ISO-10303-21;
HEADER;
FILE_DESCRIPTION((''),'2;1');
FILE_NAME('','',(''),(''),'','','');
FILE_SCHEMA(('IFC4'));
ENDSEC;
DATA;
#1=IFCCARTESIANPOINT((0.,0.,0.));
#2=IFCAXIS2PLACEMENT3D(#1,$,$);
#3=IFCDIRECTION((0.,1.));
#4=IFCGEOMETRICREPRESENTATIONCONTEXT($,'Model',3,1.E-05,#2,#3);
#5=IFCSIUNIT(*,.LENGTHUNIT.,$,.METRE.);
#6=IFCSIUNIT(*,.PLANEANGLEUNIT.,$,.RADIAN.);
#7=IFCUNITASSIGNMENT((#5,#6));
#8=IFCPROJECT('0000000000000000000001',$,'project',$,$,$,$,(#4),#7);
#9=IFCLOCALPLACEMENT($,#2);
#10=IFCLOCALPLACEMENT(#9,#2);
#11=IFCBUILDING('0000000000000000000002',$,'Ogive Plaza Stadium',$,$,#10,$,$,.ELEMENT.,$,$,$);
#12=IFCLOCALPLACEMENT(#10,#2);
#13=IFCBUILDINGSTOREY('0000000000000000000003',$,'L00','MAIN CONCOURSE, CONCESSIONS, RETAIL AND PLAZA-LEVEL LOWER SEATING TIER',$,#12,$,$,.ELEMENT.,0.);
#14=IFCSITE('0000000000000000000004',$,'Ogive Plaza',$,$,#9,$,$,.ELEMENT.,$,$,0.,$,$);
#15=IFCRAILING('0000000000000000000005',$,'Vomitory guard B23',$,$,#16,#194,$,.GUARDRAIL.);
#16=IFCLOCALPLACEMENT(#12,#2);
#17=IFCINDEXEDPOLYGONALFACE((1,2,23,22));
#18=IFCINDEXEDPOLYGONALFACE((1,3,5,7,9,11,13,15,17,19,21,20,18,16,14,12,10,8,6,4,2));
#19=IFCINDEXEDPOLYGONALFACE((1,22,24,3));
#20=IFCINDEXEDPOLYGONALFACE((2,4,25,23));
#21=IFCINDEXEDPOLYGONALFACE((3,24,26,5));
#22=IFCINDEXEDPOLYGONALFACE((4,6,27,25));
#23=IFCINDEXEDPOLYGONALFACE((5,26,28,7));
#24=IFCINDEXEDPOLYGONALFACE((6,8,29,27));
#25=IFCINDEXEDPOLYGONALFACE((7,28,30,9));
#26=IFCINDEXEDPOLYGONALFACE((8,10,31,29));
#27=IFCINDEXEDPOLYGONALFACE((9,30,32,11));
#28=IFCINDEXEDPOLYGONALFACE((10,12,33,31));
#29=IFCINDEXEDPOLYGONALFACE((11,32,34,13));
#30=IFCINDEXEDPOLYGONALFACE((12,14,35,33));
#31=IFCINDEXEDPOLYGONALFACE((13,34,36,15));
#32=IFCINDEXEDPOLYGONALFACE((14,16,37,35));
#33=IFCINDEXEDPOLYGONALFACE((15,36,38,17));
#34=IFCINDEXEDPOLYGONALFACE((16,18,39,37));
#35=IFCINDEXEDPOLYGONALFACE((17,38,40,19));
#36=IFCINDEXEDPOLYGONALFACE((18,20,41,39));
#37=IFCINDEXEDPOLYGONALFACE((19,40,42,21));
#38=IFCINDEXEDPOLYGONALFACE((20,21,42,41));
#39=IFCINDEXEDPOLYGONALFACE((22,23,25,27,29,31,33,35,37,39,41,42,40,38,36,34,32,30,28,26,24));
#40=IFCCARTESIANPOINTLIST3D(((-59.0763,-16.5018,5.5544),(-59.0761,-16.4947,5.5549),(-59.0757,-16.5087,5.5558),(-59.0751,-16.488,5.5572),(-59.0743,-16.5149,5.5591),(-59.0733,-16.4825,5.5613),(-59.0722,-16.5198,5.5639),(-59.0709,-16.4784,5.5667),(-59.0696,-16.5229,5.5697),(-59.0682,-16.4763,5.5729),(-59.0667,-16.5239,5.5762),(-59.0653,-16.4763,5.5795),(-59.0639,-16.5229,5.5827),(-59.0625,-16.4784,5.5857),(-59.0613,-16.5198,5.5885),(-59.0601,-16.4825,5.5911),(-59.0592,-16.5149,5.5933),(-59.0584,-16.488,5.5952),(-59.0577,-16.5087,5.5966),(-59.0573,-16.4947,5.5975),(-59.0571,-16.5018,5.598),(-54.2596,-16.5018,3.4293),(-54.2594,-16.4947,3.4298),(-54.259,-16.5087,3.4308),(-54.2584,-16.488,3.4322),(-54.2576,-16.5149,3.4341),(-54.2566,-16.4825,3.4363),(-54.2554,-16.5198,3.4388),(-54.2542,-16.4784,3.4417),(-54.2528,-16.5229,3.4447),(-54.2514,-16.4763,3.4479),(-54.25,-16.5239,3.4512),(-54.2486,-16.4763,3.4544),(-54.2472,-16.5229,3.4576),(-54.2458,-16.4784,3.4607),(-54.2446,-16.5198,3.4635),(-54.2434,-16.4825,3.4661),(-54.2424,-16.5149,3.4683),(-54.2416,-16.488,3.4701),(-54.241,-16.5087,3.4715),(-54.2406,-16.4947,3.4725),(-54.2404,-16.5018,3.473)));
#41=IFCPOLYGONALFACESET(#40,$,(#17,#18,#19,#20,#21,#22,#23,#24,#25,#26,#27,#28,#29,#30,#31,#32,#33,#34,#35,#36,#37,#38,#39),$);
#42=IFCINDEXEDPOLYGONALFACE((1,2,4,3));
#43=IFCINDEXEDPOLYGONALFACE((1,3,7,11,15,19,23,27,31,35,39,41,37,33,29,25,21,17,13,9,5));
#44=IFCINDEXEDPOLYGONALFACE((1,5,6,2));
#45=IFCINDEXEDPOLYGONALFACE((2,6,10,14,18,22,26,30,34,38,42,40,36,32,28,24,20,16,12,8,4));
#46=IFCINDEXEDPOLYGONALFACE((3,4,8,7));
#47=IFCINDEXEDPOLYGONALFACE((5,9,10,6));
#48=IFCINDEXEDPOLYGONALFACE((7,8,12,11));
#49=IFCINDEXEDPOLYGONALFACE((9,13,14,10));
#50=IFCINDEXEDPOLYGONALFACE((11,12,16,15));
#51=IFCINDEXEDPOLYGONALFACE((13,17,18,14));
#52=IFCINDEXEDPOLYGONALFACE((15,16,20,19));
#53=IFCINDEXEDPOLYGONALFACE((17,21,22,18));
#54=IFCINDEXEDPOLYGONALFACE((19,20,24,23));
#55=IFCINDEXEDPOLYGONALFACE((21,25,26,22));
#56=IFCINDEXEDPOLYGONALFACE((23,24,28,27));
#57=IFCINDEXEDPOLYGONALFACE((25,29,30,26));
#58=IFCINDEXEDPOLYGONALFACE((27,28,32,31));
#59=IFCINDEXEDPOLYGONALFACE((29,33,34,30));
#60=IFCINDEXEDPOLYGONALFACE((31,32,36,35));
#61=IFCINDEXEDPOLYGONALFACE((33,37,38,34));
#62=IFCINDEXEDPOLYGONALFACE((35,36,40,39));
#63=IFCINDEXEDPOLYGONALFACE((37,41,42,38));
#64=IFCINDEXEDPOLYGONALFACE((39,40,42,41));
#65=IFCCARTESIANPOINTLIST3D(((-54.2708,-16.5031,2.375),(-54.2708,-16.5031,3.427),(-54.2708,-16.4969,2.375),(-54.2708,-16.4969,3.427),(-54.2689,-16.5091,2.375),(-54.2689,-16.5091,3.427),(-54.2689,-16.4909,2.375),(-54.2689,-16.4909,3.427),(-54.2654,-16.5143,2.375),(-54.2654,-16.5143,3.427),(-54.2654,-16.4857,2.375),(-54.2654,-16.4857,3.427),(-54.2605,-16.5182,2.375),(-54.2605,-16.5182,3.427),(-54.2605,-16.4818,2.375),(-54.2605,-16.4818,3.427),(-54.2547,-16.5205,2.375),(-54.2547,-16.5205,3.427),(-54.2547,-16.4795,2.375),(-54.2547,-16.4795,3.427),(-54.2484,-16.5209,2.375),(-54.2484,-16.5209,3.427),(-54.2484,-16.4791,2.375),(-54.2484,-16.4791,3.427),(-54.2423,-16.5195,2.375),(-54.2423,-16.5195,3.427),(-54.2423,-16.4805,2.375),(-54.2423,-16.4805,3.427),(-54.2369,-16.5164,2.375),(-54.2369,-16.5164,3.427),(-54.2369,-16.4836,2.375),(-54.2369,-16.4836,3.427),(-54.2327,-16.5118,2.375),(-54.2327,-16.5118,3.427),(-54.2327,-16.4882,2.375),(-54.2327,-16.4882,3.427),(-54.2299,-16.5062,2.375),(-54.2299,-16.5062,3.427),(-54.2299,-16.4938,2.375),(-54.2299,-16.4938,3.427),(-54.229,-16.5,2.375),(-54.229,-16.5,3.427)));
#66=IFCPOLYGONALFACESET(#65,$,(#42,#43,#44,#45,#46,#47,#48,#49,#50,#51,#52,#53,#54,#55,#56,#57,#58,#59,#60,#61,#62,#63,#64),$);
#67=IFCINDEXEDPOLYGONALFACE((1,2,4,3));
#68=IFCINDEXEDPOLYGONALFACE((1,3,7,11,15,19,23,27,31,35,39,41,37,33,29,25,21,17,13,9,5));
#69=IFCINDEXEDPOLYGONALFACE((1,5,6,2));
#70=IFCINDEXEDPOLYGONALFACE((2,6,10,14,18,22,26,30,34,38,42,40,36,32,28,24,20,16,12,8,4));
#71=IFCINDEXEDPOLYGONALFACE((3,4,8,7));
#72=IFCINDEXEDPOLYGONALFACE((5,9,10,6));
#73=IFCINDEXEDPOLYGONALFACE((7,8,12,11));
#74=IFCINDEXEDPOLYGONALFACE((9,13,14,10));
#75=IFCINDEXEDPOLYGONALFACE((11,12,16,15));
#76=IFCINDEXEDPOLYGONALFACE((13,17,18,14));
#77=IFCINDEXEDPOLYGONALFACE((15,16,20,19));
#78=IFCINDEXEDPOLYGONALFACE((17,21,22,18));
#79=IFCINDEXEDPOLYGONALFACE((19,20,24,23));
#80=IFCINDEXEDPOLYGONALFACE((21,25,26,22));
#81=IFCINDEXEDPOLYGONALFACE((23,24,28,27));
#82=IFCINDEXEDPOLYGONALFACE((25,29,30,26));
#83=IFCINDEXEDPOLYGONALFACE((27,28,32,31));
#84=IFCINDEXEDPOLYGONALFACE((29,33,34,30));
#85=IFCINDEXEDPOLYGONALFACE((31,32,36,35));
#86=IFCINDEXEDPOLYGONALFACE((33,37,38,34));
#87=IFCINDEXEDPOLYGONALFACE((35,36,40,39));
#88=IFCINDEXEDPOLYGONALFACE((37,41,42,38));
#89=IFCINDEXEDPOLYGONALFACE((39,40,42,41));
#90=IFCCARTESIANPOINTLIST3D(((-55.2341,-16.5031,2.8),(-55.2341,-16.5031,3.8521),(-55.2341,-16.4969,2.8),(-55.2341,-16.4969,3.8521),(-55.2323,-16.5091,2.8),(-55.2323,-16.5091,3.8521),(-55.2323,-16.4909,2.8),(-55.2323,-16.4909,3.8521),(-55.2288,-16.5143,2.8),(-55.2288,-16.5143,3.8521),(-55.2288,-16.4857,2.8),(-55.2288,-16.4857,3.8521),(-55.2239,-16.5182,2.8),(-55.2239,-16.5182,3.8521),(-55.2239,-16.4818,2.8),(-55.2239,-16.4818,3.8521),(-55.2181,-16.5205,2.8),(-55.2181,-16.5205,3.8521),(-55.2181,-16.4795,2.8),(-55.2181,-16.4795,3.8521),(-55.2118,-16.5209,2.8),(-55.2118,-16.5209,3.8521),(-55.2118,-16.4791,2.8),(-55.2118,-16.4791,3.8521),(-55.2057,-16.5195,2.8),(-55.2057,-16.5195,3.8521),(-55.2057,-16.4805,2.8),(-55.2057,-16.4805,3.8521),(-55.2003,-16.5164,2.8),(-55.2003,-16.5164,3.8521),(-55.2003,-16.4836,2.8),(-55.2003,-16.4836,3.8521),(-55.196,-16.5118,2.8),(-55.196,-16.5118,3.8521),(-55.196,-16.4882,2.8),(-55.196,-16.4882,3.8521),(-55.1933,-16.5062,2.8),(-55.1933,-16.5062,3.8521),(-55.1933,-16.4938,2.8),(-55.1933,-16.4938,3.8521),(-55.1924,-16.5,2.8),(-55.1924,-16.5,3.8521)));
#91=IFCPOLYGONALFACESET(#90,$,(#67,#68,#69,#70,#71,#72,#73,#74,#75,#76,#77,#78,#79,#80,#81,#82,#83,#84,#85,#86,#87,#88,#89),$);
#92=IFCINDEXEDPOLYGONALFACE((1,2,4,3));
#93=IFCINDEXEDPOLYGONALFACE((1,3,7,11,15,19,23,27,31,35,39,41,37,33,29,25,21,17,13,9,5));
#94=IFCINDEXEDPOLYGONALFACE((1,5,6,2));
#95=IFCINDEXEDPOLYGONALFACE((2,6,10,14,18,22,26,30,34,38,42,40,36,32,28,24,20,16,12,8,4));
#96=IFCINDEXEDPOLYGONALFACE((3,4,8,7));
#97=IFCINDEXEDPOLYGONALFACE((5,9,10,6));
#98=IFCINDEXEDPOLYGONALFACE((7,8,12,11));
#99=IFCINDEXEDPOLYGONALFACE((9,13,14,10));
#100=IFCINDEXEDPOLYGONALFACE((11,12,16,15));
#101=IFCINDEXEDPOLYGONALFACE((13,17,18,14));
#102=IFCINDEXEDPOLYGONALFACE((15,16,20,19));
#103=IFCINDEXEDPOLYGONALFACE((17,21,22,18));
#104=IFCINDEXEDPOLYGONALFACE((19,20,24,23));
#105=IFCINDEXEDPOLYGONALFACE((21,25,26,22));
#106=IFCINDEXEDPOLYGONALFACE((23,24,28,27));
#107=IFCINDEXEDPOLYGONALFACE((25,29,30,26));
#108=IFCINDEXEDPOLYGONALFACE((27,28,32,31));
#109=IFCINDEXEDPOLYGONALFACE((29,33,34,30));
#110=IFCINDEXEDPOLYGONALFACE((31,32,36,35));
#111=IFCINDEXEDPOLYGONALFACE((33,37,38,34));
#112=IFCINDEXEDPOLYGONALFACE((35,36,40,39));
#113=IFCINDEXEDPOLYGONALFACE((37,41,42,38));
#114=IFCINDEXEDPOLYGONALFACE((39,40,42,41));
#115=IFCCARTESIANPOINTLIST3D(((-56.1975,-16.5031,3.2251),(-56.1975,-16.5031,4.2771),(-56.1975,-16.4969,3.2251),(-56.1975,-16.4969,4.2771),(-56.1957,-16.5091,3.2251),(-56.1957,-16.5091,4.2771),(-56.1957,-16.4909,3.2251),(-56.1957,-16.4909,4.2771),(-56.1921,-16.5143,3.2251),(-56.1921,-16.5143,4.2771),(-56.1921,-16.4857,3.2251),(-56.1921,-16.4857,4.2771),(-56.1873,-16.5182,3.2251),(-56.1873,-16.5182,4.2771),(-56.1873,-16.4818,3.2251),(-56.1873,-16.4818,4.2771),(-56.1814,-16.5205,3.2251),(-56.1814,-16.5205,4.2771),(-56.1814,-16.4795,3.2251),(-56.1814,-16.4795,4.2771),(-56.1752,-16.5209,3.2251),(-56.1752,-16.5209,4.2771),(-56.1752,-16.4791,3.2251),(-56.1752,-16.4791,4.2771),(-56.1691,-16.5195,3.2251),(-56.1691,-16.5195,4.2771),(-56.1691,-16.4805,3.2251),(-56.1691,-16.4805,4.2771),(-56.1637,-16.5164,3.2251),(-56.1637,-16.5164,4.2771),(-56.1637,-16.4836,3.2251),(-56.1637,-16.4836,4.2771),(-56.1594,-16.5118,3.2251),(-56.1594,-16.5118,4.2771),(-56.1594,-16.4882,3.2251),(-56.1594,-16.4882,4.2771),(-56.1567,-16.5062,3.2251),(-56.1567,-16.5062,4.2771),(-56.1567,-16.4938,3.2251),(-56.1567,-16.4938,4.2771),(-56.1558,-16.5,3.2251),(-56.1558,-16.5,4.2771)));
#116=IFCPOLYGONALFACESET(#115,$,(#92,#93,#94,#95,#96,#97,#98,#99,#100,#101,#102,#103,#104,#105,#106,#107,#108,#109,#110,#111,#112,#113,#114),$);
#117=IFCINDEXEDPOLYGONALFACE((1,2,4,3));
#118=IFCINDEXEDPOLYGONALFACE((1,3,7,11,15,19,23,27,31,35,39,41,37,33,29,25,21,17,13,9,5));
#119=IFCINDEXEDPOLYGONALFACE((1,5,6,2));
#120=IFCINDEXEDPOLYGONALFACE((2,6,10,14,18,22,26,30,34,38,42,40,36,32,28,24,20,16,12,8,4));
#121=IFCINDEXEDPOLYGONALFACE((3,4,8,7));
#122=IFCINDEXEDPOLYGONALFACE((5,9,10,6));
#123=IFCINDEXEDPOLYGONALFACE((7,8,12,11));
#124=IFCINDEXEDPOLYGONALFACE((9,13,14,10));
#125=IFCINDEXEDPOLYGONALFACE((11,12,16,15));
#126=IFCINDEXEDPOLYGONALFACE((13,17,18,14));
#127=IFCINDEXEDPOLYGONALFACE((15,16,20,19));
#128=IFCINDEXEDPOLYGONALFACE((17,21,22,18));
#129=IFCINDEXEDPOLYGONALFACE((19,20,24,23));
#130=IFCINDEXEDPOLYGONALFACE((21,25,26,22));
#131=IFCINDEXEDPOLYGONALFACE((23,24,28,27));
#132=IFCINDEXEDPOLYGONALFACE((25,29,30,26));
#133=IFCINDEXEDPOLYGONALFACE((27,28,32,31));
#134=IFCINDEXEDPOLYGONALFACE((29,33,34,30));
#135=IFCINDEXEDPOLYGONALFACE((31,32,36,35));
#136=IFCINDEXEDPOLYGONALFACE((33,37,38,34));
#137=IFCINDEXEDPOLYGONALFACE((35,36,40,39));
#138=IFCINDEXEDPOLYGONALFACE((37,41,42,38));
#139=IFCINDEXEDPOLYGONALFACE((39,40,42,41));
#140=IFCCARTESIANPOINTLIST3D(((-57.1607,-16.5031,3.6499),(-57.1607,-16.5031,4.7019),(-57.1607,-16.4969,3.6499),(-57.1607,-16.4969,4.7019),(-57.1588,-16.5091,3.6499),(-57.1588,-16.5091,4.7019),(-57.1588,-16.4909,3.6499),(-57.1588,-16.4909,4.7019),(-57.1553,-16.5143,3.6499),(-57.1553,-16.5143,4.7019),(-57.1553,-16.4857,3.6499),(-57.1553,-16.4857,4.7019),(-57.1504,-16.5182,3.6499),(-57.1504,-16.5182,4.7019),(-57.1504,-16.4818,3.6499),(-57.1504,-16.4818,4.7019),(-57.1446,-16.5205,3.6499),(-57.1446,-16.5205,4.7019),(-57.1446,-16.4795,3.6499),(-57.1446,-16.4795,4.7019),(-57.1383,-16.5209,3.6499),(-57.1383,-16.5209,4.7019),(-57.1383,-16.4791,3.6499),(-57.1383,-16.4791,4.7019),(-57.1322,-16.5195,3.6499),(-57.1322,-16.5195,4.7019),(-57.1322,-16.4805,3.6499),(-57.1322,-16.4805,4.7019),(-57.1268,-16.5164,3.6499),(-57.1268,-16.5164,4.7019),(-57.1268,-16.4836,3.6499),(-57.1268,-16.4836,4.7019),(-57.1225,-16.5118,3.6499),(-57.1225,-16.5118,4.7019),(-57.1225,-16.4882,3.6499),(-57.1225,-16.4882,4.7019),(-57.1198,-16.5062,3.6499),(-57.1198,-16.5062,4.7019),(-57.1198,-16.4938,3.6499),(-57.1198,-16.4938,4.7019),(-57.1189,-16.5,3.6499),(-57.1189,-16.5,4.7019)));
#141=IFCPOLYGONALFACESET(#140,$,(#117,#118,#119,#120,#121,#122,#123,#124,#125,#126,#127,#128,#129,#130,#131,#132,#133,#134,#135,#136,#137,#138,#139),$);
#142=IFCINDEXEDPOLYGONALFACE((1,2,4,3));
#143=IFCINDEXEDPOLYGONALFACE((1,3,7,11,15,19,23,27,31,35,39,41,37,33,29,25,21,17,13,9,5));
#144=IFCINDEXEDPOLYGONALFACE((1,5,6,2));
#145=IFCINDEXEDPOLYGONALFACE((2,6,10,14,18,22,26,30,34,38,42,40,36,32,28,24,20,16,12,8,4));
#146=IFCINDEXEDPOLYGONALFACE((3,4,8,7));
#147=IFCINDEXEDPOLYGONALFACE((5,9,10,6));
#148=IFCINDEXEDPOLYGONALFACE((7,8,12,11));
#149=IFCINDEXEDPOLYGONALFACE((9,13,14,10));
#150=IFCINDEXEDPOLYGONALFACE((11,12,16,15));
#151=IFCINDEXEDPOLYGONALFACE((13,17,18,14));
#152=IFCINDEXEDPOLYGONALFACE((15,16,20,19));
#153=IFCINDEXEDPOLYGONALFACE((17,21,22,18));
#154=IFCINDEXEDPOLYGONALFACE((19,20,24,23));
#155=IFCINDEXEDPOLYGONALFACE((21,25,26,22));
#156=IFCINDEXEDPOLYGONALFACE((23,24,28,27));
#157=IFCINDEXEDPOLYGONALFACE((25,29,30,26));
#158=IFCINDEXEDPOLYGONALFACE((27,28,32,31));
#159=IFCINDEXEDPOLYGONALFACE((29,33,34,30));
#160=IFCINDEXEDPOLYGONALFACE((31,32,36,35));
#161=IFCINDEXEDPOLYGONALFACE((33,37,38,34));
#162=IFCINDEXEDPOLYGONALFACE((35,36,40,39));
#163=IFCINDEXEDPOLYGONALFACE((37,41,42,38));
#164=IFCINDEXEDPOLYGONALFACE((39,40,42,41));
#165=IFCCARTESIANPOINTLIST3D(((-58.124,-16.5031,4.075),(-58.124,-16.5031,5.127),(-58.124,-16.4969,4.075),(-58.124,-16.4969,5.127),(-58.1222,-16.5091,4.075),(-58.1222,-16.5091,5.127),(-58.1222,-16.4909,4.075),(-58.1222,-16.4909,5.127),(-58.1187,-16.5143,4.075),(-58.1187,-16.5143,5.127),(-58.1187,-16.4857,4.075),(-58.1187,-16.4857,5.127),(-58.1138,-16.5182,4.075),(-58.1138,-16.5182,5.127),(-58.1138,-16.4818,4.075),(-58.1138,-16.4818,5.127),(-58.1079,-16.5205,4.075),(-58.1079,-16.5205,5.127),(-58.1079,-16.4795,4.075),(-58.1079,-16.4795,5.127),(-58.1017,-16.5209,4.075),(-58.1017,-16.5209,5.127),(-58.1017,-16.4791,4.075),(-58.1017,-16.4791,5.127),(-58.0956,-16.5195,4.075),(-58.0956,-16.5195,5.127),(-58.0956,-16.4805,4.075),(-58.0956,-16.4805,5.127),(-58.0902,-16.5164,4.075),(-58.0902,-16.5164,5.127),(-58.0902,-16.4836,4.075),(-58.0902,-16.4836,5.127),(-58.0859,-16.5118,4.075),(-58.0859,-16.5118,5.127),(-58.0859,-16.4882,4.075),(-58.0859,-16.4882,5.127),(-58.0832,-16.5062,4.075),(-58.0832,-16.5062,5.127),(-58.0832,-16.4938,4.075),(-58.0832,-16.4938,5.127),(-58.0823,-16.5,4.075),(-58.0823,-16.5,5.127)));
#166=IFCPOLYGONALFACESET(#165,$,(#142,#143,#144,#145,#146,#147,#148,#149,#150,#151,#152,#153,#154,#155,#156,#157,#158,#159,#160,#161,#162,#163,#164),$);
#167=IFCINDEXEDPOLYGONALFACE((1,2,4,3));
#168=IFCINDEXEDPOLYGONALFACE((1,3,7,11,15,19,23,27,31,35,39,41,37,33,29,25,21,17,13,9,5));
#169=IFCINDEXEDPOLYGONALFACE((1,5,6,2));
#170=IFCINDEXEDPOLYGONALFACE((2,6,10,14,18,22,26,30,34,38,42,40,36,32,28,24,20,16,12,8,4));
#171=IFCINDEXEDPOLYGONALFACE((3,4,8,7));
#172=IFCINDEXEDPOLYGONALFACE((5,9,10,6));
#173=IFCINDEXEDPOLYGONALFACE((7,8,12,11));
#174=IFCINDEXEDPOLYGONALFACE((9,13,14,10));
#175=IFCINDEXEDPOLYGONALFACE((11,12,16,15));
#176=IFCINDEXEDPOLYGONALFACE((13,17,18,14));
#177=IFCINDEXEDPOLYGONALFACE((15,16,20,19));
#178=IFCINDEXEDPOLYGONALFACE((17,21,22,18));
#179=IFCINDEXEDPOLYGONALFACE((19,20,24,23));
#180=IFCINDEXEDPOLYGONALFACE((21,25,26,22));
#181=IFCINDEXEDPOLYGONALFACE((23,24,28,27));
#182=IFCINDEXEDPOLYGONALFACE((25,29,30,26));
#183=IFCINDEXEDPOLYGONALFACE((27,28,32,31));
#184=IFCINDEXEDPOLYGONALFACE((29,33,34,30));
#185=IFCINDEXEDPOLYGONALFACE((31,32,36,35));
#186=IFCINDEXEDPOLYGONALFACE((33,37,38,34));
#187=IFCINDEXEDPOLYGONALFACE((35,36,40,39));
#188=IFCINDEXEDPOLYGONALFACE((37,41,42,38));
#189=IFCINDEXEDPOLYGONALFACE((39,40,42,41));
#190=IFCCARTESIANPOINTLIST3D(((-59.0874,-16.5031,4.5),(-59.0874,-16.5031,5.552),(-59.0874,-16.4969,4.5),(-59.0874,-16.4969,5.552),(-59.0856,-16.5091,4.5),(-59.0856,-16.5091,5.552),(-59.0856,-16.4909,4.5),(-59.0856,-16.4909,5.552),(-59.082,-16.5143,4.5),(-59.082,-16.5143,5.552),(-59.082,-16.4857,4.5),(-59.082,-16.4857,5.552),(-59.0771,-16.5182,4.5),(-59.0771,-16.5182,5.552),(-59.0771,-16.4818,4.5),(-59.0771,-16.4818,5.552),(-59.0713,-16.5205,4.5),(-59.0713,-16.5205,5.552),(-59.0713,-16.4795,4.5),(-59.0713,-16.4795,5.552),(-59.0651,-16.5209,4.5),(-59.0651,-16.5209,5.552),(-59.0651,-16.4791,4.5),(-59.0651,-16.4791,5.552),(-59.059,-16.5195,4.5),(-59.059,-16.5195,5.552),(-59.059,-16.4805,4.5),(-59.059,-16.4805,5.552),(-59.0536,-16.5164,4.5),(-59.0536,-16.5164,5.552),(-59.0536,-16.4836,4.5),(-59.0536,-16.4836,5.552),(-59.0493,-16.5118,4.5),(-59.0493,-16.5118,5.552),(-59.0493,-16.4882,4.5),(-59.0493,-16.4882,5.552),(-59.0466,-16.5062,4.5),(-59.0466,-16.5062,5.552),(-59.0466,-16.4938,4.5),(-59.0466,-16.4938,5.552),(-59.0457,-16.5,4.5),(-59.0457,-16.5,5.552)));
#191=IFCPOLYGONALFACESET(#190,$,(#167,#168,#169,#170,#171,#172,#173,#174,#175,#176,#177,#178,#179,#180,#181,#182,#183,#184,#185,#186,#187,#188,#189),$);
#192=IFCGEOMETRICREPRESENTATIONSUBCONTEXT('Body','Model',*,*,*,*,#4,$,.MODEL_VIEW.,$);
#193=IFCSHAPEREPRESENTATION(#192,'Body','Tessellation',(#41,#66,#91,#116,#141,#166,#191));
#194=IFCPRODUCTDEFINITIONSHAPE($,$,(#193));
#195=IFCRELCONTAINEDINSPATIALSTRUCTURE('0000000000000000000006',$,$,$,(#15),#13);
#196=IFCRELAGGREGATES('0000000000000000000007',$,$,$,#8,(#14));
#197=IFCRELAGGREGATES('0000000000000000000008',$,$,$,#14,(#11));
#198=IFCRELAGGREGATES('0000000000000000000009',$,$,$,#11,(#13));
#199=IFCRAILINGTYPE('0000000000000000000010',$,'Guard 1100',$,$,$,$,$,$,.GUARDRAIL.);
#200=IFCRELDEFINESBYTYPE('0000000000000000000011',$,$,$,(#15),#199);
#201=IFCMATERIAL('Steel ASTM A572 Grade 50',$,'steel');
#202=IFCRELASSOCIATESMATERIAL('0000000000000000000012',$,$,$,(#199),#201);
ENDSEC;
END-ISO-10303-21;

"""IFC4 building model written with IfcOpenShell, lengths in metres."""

from ifc_helpers import new_model, si_unit, direction, frame, origin, origin_2d, place, context, subcontext, project, spatial, circle, extrude, material, type_object, element, save


model = new_model("IFC4")

# Units and contexts
model_context = context("Model", 3, precision=1e-05, world=origin(), true_north=direction((0.0, 1.0)))
body_context = subcontext(model_context, "Body", "Model", "MODEL_VIEW")
ifc_project = project(units=[si_unit("LENGTHUNIT", "METRE"), si_unit("PLANEANGLEUNIT", "RADIAN")], contexts=[model_context])

# Site, building, storey
site_placement = place(None, origin())
site = spatial("IfcSite", under=ifc_project, at=site_placement, Name="Ogive Plaza", CompositionType="ELEMENT", RefElevation=0.0)
building_placement = place(site_placement, origin())
building = spatial("IfcBuilding", under=site, at=building_placement, Name="Ogive Plaza Stadium", CompositionType="ELEMENT")
storey_placement = place(building_placement, origin())
storey = spatial("IfcBuildingStorey", under=building, at=storey_placement, Name="L00", Description="MAIN CONCOURSE, CONCESSIONS, RETAIL AND PLAZA-LEVEL LOWER SEATING TIER", CompositionType="ELEMENT", Elevation=0.0)

# Railing
ifc_material_1 = material(Name="Steel ASTM A572 Grade 50", Category="steel")
railing_type = type_object("IfcRailingType", Name="Guard 1100", PredefinedType="GUARDRAIL", material=ifc_material_1)
for number, where, name in (
    (1, (-54.25, -16.5, 2.375), "Vomitory guard B23"),
):
    element("IfcRailing", number, at=place(storey_placement, frame(where)), inside=storey, type_object=railing_type, Name=name, PredefinedType="GUARDRAIL", context=body_context, shape_type="SweptSolid", body=[
        extrude(circle(Radius=0.0239, at=origin_2d()), frame((0.0, 0.0, 1.0762), z_axis=(-0.914917, 0.0, 0.403641), x_axis=(0.0, -1.0, 0.0)), (0.0, 0.0, 1.0), 5.2646),
        extrude(circle(Radius=0.021, at=origin_2d()), origin(), (0.0, 0.0, 1.0), 1.052),
        extrude(circle(Radius=0.021, at=origin_2d()), frame((-0.9634, 0.0, 0.425)), (0.0, 0.0, 1.0), 1.052),
        extrude(circle(Radius=0.021, at=origin_2d()), frame((-1.9268, 0.0, 0.8501)), (0.0, 0.0, 1.0), 1.052),
        extrude(circle(Radius=0.021, at=origin_2d()), frame((-2.8899, 0.0, 1.2749)), (0.0, 0.0, 1.0), 1.052),
        extrude(circle(Radius=0.021, at=origin_2d()), frame((-3.8533, 0.0, 1.7)), (0.0, 0.0, 1.0), 1.052),
        extrude(circle(Radius=0.021, at=origin_2d()), frame((-4.8167, 0.0, 2.125)), (0.0, 0.0, 1.0), 1.052),
    ])

save(model, "model.ifc")
